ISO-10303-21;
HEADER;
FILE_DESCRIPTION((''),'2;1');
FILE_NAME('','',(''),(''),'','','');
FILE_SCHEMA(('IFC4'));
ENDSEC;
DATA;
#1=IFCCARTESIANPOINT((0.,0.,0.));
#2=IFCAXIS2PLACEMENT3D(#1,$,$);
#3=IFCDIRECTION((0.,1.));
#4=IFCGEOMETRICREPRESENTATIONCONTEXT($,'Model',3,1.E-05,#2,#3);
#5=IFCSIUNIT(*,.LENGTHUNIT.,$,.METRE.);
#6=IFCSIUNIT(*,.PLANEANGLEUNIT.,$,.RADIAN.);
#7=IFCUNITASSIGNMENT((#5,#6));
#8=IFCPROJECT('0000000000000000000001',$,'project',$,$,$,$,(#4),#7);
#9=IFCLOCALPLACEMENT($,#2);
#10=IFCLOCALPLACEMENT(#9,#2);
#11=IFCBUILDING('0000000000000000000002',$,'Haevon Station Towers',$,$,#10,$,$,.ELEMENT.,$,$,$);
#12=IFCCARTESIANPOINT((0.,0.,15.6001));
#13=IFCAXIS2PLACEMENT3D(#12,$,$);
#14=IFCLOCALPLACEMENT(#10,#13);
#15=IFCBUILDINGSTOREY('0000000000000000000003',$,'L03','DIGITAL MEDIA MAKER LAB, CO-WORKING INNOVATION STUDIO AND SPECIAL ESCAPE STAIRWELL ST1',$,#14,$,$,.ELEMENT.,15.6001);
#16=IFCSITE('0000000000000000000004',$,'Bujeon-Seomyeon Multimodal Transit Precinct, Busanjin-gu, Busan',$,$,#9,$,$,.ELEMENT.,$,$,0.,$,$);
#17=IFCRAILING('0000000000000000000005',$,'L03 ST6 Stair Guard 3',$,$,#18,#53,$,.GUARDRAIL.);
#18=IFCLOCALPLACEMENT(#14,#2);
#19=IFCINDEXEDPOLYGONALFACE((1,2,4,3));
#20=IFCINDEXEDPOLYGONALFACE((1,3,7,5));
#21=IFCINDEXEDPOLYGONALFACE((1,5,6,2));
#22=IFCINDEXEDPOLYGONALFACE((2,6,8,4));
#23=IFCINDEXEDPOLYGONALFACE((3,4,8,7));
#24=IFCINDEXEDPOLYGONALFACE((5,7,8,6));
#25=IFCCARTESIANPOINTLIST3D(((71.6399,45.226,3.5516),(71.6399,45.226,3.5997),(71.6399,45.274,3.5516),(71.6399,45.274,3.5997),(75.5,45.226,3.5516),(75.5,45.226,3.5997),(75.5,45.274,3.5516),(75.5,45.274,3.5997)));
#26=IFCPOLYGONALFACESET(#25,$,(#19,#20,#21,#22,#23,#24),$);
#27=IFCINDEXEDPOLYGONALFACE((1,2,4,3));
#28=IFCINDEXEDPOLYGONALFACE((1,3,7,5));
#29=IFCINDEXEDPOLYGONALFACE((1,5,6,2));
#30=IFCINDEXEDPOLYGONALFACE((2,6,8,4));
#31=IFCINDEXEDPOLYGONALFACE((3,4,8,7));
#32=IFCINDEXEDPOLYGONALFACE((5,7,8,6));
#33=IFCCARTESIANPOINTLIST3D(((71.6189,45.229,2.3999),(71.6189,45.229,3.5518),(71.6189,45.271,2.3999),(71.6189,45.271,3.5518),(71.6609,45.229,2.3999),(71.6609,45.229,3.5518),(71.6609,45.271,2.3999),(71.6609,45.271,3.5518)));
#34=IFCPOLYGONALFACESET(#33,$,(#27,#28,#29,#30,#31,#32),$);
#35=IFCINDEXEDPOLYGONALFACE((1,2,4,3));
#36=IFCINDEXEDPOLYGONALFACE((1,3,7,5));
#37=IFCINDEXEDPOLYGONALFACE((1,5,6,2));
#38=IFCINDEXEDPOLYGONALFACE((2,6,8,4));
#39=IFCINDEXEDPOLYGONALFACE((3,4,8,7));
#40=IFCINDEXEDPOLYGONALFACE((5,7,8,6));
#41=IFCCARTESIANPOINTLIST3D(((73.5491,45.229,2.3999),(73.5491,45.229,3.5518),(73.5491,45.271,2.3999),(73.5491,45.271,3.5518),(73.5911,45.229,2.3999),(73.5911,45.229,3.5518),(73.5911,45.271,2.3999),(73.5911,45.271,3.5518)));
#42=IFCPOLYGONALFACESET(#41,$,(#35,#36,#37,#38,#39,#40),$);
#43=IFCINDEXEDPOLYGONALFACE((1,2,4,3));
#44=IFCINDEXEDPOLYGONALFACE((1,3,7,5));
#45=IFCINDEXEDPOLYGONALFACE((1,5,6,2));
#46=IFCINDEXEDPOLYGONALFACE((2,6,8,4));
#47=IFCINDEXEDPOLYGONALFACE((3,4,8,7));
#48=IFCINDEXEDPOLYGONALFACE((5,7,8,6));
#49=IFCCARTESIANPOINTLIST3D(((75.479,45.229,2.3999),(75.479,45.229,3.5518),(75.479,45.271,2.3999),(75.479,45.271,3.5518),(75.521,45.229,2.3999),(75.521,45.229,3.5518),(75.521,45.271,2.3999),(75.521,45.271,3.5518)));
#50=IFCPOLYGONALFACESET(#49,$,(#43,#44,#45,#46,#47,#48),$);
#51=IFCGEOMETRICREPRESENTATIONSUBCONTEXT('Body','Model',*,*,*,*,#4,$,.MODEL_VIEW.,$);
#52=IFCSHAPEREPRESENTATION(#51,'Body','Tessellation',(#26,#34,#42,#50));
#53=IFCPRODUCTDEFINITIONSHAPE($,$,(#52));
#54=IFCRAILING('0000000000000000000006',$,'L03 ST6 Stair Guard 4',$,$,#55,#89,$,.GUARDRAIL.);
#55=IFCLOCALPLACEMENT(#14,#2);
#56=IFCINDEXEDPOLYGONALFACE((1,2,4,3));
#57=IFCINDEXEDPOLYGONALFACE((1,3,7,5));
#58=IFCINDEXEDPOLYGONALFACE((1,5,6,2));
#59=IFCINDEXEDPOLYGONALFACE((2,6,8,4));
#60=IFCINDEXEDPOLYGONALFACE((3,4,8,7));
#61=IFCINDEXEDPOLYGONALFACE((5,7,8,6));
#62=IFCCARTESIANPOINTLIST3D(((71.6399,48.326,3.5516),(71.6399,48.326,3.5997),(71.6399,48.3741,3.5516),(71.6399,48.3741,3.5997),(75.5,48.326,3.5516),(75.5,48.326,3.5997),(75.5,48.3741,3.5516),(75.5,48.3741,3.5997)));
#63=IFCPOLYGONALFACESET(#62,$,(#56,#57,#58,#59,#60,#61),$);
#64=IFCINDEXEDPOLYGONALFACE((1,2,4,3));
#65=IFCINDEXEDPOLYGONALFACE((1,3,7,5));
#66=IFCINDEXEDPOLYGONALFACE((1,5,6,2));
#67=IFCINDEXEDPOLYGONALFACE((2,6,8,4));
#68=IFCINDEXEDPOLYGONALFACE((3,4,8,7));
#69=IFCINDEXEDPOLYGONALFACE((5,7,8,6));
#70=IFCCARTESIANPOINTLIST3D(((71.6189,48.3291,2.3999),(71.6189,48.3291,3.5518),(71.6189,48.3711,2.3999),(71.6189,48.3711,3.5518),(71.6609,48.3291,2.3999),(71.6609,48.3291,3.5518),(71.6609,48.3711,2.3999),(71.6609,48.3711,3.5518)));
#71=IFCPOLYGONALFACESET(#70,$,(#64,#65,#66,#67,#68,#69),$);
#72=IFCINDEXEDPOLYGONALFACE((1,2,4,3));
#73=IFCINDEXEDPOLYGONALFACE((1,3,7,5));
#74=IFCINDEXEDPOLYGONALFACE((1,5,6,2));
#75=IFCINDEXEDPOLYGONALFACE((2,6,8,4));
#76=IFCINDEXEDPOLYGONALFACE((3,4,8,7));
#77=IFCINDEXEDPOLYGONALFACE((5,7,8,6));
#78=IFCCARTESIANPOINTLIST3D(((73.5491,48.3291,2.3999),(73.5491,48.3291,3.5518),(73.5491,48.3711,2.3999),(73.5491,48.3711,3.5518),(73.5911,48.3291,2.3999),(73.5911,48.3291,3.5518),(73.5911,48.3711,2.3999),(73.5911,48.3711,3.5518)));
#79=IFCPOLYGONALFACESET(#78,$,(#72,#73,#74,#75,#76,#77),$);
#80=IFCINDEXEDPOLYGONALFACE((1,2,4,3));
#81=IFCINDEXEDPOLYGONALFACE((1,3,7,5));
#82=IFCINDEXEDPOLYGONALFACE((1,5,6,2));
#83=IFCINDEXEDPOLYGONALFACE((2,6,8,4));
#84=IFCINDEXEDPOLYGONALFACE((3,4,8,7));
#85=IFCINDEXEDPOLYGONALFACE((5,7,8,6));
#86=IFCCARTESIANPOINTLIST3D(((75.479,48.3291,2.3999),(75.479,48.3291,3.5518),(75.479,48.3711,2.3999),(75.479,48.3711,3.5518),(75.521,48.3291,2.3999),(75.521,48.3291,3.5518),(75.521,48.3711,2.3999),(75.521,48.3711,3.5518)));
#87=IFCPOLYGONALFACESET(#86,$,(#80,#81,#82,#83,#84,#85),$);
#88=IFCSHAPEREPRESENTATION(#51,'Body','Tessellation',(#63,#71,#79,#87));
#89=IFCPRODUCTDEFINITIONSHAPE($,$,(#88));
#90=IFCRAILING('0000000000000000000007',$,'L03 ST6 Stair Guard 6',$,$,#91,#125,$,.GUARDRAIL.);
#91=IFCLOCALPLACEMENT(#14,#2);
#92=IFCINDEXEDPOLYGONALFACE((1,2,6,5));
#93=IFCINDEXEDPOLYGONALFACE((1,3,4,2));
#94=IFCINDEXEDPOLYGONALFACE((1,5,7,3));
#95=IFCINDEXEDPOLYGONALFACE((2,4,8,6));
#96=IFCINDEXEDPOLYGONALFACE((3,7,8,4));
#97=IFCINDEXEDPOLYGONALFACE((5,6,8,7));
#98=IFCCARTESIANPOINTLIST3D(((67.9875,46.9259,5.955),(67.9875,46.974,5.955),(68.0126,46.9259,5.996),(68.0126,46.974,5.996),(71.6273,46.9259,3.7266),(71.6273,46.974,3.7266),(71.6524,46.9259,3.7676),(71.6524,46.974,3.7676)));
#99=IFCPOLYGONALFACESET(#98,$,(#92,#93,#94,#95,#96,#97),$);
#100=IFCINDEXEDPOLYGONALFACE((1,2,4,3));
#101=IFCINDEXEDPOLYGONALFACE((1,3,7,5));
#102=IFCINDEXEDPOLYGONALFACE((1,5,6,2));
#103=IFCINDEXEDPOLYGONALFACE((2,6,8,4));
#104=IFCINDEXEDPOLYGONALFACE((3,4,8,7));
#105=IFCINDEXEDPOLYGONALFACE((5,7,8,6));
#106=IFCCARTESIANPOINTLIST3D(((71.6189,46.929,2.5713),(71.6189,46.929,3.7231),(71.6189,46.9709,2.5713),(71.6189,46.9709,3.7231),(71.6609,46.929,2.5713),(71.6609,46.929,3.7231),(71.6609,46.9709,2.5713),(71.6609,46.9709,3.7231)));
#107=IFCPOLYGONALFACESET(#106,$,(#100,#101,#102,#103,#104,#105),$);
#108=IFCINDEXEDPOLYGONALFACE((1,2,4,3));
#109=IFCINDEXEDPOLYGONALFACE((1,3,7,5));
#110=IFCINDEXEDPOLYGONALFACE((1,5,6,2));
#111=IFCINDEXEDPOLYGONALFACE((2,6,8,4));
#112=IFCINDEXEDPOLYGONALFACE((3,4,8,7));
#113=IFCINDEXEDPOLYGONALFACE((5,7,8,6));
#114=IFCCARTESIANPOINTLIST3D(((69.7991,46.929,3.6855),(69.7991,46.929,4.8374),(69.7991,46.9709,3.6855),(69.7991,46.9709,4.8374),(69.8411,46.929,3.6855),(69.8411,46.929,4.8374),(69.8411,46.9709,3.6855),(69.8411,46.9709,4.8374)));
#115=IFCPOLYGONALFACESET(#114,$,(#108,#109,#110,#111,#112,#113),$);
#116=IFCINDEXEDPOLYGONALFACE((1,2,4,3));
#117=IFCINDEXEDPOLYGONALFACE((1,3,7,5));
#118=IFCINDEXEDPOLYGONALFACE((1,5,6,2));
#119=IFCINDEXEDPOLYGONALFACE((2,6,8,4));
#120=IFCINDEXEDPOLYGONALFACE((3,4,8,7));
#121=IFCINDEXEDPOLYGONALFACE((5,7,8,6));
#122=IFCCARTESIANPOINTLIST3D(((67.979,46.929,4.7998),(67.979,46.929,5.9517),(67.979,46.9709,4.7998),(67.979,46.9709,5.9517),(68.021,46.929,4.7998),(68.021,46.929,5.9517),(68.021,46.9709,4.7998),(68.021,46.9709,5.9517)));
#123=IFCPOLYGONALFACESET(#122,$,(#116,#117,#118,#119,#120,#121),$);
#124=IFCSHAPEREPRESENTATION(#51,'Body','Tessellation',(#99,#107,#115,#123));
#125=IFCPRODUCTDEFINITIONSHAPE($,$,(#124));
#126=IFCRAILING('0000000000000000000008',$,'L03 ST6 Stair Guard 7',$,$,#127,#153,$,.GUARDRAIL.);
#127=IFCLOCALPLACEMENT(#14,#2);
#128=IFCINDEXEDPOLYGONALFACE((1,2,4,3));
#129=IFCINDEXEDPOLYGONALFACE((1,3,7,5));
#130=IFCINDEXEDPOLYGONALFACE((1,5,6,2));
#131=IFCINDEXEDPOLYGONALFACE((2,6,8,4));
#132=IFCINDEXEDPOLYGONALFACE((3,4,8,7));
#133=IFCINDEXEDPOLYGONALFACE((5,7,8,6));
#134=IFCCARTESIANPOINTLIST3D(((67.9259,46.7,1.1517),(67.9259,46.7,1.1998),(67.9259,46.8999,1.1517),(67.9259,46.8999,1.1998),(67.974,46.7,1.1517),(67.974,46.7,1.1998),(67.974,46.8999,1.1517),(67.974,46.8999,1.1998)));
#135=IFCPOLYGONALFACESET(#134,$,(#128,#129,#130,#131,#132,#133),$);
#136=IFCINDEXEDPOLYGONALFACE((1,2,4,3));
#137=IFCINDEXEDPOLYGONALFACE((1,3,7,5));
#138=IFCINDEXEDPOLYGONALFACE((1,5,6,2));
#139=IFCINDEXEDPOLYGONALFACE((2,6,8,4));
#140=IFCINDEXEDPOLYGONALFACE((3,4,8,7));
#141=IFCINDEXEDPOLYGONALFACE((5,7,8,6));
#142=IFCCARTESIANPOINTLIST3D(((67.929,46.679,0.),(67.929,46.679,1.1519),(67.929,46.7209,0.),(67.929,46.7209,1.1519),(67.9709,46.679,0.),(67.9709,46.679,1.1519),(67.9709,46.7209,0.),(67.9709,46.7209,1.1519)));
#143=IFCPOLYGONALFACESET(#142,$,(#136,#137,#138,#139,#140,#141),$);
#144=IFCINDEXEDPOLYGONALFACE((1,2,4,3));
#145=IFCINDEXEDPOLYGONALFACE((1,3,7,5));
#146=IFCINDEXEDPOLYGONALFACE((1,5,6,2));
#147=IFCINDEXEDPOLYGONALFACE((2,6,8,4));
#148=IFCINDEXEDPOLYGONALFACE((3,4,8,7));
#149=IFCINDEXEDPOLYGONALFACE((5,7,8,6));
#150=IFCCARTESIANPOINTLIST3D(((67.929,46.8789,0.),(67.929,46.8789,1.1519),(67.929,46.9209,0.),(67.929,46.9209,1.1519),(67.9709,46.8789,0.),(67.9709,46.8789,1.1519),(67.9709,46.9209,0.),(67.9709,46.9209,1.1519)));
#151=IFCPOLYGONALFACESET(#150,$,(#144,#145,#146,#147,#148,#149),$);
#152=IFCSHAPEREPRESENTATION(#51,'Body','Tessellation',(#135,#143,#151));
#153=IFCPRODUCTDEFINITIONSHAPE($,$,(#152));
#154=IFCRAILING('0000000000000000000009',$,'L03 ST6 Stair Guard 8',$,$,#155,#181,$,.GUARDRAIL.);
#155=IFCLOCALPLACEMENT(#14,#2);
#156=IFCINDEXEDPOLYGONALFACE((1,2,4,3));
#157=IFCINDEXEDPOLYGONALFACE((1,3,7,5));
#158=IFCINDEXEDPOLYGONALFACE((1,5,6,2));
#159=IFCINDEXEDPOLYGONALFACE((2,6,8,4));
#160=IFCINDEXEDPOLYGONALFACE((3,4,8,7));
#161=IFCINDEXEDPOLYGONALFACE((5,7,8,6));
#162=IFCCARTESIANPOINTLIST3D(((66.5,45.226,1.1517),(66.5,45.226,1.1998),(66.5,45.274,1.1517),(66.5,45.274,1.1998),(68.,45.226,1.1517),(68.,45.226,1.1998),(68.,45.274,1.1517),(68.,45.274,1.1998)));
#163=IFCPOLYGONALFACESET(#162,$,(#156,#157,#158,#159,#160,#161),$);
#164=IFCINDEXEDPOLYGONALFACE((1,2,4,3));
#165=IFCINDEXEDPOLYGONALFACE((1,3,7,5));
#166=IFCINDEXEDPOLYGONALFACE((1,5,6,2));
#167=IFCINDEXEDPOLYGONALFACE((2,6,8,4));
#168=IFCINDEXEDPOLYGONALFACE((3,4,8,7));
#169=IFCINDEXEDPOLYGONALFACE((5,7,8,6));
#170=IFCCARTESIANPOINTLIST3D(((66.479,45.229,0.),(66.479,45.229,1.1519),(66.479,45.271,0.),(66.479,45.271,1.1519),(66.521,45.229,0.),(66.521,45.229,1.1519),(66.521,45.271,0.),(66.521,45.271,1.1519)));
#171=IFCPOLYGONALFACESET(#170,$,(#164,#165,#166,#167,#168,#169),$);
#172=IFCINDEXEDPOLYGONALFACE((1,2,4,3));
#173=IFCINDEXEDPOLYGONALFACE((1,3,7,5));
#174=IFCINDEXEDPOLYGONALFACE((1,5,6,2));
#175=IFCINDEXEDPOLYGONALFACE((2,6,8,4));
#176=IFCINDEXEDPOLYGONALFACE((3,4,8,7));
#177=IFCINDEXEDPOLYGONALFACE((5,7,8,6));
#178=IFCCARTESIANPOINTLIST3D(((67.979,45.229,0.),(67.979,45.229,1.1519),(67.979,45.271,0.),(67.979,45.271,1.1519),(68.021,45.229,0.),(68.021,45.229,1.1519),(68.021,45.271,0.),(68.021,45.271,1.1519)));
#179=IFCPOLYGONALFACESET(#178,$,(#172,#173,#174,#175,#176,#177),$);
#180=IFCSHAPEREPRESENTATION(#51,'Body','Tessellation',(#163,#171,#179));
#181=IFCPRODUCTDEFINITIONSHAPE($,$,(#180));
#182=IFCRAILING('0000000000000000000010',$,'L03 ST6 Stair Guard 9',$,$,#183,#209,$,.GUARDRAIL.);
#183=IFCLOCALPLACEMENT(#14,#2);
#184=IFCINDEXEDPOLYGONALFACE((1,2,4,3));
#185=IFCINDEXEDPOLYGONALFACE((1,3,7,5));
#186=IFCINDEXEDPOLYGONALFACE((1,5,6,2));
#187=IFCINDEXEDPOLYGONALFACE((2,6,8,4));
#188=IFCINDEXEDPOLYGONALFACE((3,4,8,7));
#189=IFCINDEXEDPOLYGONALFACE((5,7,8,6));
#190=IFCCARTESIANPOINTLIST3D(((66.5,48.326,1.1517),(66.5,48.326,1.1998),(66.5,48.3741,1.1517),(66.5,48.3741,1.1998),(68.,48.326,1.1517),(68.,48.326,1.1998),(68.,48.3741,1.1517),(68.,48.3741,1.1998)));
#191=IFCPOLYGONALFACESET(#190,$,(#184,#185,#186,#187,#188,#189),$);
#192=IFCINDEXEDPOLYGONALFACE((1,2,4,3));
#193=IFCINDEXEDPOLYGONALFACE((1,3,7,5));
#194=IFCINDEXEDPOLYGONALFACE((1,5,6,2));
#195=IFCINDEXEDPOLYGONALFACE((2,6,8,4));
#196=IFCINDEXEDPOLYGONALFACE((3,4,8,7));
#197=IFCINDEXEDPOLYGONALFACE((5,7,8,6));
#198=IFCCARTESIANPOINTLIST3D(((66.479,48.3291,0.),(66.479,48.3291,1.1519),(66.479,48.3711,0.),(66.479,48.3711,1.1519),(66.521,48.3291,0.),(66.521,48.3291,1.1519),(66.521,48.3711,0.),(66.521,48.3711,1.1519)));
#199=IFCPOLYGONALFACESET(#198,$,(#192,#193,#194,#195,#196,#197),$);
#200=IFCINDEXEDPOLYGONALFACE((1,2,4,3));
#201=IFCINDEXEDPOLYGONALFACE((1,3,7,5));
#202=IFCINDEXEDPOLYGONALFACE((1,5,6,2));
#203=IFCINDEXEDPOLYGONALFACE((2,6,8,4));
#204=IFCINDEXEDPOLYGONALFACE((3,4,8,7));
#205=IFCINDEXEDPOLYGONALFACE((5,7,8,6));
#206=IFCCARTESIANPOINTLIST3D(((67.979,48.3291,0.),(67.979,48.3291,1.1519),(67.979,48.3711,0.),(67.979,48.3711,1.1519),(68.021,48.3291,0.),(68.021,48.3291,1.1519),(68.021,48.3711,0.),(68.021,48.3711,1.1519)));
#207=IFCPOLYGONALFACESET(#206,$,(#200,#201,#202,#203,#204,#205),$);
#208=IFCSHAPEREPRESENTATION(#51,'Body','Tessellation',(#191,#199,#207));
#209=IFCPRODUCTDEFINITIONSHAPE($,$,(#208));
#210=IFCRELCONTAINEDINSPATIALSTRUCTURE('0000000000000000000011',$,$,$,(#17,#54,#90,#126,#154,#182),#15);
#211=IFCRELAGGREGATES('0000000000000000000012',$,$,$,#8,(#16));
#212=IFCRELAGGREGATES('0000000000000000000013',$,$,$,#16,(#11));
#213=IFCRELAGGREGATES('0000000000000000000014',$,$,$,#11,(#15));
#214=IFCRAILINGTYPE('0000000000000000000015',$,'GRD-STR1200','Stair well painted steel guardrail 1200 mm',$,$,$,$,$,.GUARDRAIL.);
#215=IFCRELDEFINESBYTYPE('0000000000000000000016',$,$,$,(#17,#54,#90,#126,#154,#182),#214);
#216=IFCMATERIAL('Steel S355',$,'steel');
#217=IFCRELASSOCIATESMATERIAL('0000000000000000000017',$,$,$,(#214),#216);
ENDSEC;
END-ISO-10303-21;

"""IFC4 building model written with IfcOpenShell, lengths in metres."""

from ifc_helpers import new_model, si_unit, direction, frame, origin, origin_2d, place, context, subcontext, project, spatial, rectangle, extrude, material, type_object, element, save


model = new_model("IFC4")

# Units and contexts
model_context = context("Model", 3, precision=1e-05, world=origin(), true_north=direction((0.0, 1.0)))
body_context = subcontext(model_context, "Body", "Model", "MODEL_VIEW")
ifc_project = project(units=[si_unit("LENGTHUNIT", "METRE"), si_unit("PLANEANGLEUNIT", "RADIAN")], contexts=[model_context])

# Site, building, storey
site_placement = place(None, origin())
site = spatial("IfcSite", under=ifc_project, at=site_placement, Name="Bujeon-Seomyeon Multimodal Transit Precinct, Busanjin-gu, Busan", CompositionType="ELEMENT", RefElevation=0.0)
building_placement = place(site_placement, origin())
building = spatial("IfcBuilding", under=site, at=building_placement, Name="Haevon Station Towers", CompositionType="ELEMENT")
storey_placement = place(building_placement, frame((0.0, 0.0, 15.6001)))
storey = spatial("IfcBuildingStorey", under=building, at=storey_placement, Name="L03", Description="DIGITAL MEDIA MAKER LAB, CO-WORKING INNOVATION STUDIO AND SPECIAL ESCAPE STAIRWELL ST1", CompositionType="ELEMENT", Elevation=15.6001)

# Shared definitions
ifc_material_1 = material(Name="Steel S355", Category="steel")

# Railings
railing_type_1 = type_object("IfcRailingType", Name="GRD-STR1200", Description="Stair well painted steel guardrail 1200 mm", PredefinedType="GUARDRAIL", material=ifc_material_1)
for number, where, name in (
    (1, (71.6399, 45.25, 2.3999), "L03 ST6 Stair Guard 3"),
    (2, (71.6399, 48.3501, 2.3999), "L03 ST6 Stair Guard 4"),
):
    element("IfcRailing", number, at=place(storey_placement, frame(where)), inside=storey, type_object=railing_type_1, Name=name, PredefinedType="GUARDRAIL", context=body_context, shape_type="SweptSolid", body=[
        extrude(rectangle(XDim=0.0481, YDim=0.0481, at=origin_2d()), frame((0.0, 0.0, 1.1758), z_axis=(1.0, 0.0, 0.0), x_axis=(0.0, 1.0, 0.0)), (0.0, 0.0, 1.0), 3.8601),
        extrude(rectangle(XDim=0.042, YDim=0.042, at=origin_2d()), origin(), (0.0, 0.0, 1.0), 1.1519),
        extrude(rectangle(XDim=0.042, YDim=0.042, at=origin_2d()), frame((1.9302, 0.0, 0.0)), (0.0, 0.0, 1.0), 1.1519),
        extrude(rectangle(XDim=0.042, YDim=0.042, at=origin_2d()), frame((3.8601, 0.0, 0.0)), (0.0, 0.0, 1.0), 1.1519),
    ])
railing_1_placement = place(storey_placement, frame((71.6399, 46.95, 2.5713)))
element("IfcRailing", 3, at=railing_1_placement, inside=storey, type_object=railing_type_1, Name="L03 ST6 Stair Guard 6", PredefinedType="GUARDRAIL", context=body_context, shape_type="SweptSolid", body=[
    extrude(rectangle(XDim=0.0481, YDim=0.0481, at=origin_2d()), frame((0.0, 0.0, 1.1758), z_axis=(-0.85285, 0.0, 0.522156), x_axis=(0.0, -1.0, 0.0)), (0.0, 0.0, 1.0), 4.2678),
    extrude(rectangle(XDim=0.042, YDim=0.042, at=origin_2d()), origin(), (0.0, 0.0, 1.0), 1.1519),
    extrude(rectangle(XDim=0.042, YDim=0.042, at=origin_2d()), frame((-1.8198, 0.0, 1.1143)), (0.0, 0.0, 1.0), 1.1519),
    extrude(rectangle(XDim=0.042, YDim=0.042, at=origin_2d()), frame((-3.6399, 0.0, 2.2285)), (0.0, 0.0, 1.0), 1.1519),
])
railing_2_placement = place(storey_placement, frame((67.95, 46.7, 0.0)))
element("IfcRailing", 4, at=railing_2_placement, inside=storey, type_object=railing_type_1, Name="L03 ST6 Stair Guard 7", PredefinedType="GUARDRAIL", context=body_context, shape_type="SweptSolid", body=[
    extrude(rectangle(XDim=0.0481, YDim=0.0481, at=origin_2d()), frame((0.0, 0.0, 1.1758), z_axis=(0.0, 1.0, 0.0), x_axis=(-1.0, 0.0, 0.0)), (0.0, 0.0, 1.0), 0.2),
    extrude(rectangle(XDim=0.042, YDim=0.042, at=origin_2d()), origin(), (0.0, 0.0, 1.0), 1.1519),
    extrude(rectangle(XDim=0.042, YDim=0.042, at=origin_2d()), frame((0.0, 0.2, 0.0)), (0.0, 0.0, 1.0), 1.1519),
])
for number, where, name in (
    (5, (66.5, 45.25, 0.0), "L03 ST6 Stair Guard 8"),
    (6, (66.5, 48.3501, 0.0), "L03 ST6 Stair Guard 9"),
):
    element("IfcRailing", number, at=place(storey_placement, frame(where)), inside=storey, type_object=railing_type_1, Name=name, PredefinedType="GUARDRAIL", context=body_context, shape_type="SweptSolid", body=[
        extrude(rectangle(XDim=0.0481, YDim=0.0481, at=origin_2d()), frame((0.0, 0.0, 1.1758), z_axis=(1.0, 0.0, 0.0), x_axis=(0.0, 1.0, 0.0)), (0.0, 0.0, 1.0), 1.5),
        extrude(rectangle(XDim=0.042, YDim=0.042, at=origin_2d()), origin(), (0.0, 0.0, 1.0), 1.1519),
        extrude(rectangle(XDim=0.042, YDim=0.042, at=origin_2d()), frame((1.5, 0.0, 0.0)), (0.0, 0.0, 1.0), 1.1519),
    ])

save(model, "model.ifc")
